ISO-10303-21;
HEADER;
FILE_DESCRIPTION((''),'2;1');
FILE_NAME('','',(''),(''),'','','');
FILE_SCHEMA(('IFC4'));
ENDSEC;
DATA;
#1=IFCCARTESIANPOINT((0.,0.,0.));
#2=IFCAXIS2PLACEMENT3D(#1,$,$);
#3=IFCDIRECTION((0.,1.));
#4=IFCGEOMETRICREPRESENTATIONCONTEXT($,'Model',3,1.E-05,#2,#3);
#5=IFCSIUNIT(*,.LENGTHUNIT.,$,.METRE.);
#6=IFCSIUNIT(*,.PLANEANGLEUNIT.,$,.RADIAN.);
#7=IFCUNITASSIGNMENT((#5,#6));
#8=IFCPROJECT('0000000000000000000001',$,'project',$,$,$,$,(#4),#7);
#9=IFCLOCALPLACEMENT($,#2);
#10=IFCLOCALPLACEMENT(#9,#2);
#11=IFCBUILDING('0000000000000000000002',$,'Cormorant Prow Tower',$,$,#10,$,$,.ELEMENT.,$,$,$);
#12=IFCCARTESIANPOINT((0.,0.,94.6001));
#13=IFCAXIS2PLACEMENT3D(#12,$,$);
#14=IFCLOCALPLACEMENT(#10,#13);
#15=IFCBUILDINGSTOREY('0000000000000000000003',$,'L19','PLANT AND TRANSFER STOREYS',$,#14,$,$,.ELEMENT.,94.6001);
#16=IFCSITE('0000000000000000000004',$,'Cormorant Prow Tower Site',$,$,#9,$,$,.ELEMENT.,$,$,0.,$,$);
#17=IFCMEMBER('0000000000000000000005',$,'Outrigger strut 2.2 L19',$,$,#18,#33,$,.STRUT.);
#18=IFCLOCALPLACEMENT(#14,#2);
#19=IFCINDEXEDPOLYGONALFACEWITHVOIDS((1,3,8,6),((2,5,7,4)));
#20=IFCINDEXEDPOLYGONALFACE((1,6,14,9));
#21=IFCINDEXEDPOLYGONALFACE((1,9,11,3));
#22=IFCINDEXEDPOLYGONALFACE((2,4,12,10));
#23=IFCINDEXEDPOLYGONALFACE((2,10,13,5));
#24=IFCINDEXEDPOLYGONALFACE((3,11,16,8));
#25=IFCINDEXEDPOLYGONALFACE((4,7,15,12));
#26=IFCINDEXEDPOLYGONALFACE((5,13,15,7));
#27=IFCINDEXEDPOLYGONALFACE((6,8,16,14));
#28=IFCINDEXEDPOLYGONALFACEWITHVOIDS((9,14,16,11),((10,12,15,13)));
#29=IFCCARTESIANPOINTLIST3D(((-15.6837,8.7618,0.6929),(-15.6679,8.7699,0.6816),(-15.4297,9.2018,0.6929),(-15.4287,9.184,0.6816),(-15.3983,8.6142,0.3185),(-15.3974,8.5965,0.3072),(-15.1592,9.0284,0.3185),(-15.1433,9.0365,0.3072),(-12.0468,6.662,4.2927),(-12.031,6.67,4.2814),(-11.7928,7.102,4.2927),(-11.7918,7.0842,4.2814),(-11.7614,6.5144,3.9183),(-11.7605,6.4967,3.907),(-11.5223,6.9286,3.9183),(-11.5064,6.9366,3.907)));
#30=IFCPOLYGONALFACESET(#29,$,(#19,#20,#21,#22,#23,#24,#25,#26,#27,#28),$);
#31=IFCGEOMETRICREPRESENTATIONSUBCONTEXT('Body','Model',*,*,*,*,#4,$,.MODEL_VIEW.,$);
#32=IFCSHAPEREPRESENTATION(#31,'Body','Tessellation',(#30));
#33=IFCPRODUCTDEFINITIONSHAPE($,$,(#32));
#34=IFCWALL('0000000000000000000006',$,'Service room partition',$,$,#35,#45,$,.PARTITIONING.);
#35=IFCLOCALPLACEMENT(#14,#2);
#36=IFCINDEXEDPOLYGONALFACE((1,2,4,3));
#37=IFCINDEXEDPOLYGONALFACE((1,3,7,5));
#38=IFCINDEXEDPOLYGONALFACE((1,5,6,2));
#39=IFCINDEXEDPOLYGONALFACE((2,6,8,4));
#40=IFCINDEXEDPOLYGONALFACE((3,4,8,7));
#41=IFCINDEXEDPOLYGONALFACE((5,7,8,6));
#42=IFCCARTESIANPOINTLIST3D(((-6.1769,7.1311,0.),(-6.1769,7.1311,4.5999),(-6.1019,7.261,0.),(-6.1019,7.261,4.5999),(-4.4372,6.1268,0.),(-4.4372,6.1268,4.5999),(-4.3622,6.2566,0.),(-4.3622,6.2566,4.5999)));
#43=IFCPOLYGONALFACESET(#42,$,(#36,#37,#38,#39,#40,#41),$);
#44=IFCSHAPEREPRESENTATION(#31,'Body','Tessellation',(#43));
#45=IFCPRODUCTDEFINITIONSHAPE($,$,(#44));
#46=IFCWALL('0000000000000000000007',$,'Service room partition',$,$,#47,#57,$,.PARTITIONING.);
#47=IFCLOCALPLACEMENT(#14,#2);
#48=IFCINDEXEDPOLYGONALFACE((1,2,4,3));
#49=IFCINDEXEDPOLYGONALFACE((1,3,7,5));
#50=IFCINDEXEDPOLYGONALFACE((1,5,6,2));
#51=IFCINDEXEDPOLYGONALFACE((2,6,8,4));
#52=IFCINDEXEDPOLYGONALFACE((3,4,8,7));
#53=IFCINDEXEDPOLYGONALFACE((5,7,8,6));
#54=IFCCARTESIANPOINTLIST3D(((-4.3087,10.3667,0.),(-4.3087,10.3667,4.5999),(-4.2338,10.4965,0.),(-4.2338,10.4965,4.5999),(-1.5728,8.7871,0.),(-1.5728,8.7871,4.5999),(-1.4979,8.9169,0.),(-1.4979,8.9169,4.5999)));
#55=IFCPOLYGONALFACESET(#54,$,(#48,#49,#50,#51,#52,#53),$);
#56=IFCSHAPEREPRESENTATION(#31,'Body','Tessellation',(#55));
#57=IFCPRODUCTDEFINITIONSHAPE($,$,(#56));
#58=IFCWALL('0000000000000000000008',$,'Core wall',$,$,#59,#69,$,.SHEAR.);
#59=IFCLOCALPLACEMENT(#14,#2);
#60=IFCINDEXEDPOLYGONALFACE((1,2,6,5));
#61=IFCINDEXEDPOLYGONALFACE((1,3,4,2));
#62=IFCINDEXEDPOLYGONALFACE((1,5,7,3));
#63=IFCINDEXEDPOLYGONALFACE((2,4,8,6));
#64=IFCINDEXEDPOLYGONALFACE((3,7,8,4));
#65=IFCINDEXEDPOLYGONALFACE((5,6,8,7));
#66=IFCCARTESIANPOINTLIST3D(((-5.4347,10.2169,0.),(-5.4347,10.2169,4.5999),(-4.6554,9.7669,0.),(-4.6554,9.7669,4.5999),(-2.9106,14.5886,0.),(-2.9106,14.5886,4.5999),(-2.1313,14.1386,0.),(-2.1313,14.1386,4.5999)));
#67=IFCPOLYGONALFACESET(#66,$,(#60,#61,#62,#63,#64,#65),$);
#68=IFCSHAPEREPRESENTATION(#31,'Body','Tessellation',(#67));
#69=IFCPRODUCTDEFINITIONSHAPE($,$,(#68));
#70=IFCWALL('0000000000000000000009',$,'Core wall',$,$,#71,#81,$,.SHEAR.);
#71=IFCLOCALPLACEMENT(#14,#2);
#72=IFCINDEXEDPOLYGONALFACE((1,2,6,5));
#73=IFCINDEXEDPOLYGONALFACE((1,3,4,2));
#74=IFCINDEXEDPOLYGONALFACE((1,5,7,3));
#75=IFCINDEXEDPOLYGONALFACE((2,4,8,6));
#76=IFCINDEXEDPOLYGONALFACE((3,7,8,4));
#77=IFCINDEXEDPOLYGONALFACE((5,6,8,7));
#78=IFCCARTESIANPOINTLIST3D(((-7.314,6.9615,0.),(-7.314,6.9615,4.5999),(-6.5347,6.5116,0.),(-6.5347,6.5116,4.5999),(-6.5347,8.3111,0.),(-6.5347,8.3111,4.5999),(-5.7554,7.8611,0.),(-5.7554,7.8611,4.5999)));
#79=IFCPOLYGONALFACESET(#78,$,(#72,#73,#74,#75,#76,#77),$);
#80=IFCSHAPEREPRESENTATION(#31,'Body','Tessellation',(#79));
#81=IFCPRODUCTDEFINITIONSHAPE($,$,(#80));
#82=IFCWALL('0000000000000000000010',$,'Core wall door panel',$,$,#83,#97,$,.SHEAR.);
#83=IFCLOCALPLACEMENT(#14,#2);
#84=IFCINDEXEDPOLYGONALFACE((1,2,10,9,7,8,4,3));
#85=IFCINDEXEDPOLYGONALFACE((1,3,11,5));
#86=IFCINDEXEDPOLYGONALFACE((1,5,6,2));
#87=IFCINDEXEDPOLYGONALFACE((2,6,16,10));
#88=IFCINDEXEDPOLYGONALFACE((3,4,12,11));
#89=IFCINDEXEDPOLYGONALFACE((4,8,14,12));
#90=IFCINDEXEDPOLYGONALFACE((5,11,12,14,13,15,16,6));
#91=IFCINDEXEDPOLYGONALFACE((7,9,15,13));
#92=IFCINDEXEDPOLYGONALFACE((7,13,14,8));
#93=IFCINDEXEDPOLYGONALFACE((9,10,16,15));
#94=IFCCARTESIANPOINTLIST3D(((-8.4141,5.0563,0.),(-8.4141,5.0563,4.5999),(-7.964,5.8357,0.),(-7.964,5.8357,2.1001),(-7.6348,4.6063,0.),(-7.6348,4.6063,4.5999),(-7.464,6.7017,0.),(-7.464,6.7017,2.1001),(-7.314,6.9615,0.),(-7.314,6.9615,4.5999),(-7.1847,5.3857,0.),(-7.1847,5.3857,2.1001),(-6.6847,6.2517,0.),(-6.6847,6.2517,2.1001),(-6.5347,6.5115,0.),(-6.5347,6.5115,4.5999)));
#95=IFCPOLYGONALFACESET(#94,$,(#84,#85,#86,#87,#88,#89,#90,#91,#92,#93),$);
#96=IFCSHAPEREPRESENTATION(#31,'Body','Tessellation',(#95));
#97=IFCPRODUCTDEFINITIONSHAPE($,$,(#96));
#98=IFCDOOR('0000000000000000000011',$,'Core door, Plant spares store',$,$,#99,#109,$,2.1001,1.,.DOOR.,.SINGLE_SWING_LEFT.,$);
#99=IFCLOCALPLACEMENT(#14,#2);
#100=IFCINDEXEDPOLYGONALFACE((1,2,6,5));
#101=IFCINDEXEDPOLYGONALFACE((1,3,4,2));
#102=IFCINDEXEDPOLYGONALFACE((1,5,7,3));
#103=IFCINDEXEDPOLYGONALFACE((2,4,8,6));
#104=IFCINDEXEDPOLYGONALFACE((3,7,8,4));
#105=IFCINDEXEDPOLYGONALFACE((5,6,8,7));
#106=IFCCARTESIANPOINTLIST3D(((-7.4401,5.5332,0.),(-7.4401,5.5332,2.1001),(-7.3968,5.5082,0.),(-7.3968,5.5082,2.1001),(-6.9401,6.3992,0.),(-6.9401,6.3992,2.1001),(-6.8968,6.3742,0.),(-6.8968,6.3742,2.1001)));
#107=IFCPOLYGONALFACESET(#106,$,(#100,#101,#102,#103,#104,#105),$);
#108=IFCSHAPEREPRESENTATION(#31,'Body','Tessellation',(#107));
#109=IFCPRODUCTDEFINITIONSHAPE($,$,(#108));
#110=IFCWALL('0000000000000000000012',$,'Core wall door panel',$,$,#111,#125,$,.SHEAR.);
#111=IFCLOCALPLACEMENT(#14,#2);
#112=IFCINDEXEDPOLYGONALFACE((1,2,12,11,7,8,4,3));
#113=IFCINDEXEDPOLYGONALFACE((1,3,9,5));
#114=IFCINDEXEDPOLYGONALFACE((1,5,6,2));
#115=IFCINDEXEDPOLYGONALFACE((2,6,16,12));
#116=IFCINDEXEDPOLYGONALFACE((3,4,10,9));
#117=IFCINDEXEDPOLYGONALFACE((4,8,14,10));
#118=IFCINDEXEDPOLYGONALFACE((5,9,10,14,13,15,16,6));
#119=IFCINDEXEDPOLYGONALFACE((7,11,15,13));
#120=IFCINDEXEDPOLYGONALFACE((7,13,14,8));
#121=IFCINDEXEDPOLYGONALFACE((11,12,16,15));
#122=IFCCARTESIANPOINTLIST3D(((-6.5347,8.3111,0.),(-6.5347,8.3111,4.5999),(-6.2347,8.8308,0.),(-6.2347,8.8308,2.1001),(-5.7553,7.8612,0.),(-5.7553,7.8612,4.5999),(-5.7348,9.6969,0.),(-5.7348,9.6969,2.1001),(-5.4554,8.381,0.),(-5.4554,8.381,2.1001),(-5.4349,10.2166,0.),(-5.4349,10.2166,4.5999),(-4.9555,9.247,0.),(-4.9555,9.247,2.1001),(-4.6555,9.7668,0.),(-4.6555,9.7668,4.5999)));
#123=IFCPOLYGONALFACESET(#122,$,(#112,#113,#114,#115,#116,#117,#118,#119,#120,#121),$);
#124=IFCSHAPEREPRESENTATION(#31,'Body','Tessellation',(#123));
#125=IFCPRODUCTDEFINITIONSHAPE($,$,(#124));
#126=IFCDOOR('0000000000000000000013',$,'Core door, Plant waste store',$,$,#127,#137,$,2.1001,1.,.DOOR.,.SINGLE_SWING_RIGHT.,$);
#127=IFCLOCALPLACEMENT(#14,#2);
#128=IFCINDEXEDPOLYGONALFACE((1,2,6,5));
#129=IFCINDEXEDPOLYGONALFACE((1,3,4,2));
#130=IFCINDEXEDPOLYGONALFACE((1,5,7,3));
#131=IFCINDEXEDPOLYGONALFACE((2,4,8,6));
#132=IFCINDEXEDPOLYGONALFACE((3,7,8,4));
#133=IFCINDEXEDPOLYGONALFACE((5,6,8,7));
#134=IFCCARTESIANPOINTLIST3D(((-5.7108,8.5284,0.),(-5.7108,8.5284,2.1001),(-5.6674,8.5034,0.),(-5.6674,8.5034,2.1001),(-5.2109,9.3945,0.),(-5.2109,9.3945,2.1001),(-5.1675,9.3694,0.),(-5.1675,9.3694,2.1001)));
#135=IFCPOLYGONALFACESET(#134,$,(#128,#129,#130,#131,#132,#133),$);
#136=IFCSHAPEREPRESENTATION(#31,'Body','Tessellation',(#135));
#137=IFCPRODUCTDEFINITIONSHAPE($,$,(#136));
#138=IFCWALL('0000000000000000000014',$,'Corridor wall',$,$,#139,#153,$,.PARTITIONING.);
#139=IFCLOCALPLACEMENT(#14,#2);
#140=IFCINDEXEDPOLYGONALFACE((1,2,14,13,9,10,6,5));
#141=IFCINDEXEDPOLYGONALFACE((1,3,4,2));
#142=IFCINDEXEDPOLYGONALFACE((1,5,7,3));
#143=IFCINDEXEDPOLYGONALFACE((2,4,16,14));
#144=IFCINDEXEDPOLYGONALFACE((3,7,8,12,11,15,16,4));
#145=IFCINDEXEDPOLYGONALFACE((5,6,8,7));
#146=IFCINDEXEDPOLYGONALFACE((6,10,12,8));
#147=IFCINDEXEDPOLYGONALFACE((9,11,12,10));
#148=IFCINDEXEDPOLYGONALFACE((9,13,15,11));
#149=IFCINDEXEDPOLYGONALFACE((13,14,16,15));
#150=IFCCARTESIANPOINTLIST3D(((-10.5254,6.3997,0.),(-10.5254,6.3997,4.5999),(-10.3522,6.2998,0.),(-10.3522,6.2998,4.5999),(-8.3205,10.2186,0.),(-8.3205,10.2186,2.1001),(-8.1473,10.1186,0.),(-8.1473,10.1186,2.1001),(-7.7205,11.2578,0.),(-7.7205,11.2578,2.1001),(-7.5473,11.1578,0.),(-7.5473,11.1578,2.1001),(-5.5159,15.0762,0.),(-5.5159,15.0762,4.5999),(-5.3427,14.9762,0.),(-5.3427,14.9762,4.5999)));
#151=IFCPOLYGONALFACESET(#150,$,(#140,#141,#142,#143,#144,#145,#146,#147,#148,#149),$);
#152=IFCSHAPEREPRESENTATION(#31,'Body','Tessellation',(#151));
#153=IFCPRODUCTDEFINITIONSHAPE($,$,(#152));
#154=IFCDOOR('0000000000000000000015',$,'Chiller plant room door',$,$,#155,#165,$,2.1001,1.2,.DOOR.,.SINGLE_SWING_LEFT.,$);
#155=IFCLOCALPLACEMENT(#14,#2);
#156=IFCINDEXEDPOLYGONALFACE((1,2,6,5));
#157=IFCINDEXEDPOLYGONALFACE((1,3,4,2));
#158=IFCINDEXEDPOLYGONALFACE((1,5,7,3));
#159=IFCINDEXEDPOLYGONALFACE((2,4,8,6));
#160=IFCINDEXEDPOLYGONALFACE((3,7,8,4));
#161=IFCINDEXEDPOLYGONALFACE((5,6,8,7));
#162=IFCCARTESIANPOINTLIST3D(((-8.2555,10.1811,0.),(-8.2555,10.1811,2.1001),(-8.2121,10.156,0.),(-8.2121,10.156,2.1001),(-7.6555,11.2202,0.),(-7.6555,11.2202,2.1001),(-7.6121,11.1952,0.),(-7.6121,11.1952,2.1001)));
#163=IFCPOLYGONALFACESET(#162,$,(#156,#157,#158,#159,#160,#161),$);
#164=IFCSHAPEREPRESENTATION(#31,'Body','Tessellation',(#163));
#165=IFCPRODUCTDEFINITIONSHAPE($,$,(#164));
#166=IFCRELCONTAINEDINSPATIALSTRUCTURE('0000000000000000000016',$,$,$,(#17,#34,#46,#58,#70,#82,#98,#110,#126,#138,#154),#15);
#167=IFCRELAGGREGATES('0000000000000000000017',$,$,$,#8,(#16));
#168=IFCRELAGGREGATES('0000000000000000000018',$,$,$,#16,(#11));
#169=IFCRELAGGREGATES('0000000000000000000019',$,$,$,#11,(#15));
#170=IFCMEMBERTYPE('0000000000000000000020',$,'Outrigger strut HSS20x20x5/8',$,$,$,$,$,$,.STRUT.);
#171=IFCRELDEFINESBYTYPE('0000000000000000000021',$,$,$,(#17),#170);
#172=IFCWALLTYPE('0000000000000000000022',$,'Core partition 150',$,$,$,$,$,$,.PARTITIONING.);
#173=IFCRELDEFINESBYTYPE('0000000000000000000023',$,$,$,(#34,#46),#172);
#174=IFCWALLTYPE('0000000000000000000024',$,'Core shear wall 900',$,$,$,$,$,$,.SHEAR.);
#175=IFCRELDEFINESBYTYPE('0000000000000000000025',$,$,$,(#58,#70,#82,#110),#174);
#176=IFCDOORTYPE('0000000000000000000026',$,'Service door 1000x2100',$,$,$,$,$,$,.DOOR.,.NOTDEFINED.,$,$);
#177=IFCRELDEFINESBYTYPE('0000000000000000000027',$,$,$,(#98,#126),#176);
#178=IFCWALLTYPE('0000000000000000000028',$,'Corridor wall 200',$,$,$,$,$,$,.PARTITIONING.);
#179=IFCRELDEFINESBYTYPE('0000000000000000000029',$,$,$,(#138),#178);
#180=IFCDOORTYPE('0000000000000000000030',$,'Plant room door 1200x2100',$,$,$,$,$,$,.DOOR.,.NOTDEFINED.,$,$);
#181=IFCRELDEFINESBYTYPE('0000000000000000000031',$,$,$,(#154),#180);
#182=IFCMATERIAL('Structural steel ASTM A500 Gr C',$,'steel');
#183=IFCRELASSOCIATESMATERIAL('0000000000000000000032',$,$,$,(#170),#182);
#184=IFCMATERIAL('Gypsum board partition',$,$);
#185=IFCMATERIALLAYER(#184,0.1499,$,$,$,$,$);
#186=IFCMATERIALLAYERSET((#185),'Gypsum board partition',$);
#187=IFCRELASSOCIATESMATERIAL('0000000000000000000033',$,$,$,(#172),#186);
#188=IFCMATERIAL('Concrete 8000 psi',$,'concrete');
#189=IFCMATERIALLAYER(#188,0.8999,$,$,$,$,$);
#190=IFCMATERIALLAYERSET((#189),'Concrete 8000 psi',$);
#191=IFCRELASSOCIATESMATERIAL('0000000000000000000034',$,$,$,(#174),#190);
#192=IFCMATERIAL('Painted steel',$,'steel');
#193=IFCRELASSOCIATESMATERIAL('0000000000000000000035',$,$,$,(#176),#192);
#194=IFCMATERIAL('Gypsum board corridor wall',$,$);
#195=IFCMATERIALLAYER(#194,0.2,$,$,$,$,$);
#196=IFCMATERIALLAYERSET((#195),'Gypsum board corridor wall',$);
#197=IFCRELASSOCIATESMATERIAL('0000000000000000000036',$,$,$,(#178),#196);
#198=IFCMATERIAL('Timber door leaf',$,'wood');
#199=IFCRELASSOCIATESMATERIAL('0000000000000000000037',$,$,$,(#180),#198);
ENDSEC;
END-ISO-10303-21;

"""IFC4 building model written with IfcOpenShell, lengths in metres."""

from ifc_helpers import new_model, si_unit, direction, frame, frame_2d, origin, origin_2d, place, context, subcontext, project, spatial, rectangle, hollow_rectangle, extrude, material, layer, layer_set, material_profile, profile_set, type_object, element, fill, save


model = new_model("IFC4")

# Units and contexts
model_context = context("Model", 3, precision=1e-05, world=origin(), true_north=direction((0.0, 1.0)))
body_context = subcontext(model_context, "Body", "Model", "MODEL_VIEW")
ifc_project = project(units=[si_unit("LENGTHUNIT", "METRE"), si_unit("PLANEANGLEUNIT", "RADIAN")], contexts=[model_context])

# Site, building, storey
site_placement = place(None, origin())
site = spatial("IfcSite", under=ifc_project, at=site_placement, Name="Cormorant Prow Tower Site", CompositionType="ELEMENT", RefElevation=0.0)
building_placement = place(site_placement, origin())
building = spatial("IfcBuilding", under=site, at=building_placement, Name="Cormorant Prow Tower", CompositionType="ELEMENT")
storey_placement = place(building_placement, frame((0.0, 0.0, 94.6001)))
storey = spatial("IfcBuildingStorey", under=building, at=storey_placement, Name="L19", Description="PLANT AND TRANSFER STOREYS", CompositionType="ELEMENT", Elevation=94.6001)

# Member
ifc_material_1 = material(Name="Structural steel ASTM A500 Gr C", Category="steel")
ifc_material_profile_1 = material_profile(ifc_material_1, hollow_rectangle(XDim=0.5081, YDim=0.5081, WallThickness=0.0149, at=origin_2d()), Name="HSS20x20x5/8")
ifc_profile_set_1 = profile_set([ifc_material_profile_1], Name="Structural steel ASTM A500 Gr C")
member_type = type_object("IfcMemberType", Name="Outrigger strut HSS20x20x5/8", PredefinedType="STRUT", material=ifc_profile_set_1)
member_placement = place(storey_placement, frame((-11.7766, 6.7993, 4.0999), z_axis=(-0.657518, 0.379628, -0.650809), x_axis=(-0.500009, -0.86602, 0.0)))
element("IfcMember", 1, at=member_placement, inside=storey, type_object=member_type, Name="Outrigger strut 2.2 L19", PredefinedType="STRUT", context=body_context, shape_type="SweptSolid", body=[
    extrude(hollow_rectangle(XDim=0.5081, YDim=0.5081, WallThickness=0.0149, at=origin_2d()), origin(), (0.0, 0.0, 1.0), 5.5312),
])

# Walls
ifc_material_2 = material(Name="Gypsum board partition")
ifc_layer_1 = layer(ifc_material_2, 0.1499)
ifc_layer_set_1 = layer_set([ifc_layer_1], Name="Gypsum board partition")
wall_type_1 = type_object("IfcWallType", Name="Core partition 150", PredefinedType="PARTITIONING", material=ifc_layer_set_1)
wall_1_placement = place(storey_placement, frame((-6.1394, 7.196, 0.0), z_axis=(0.0, 0.0, 1.0), x_axis=(0.866036, -0.499982, 0.0)))
element("IfcWall", 2, at=wall_1_placement, inside=storey, type_object=wall_type_1, Name="Service room partition", PredefinedType="PARTITIONING", context=body_context, shape_type="SweptSolid", body=[
    extrude(rectangle(XDim=2.0088, YDim=0.1499, at=frame_2d((1.0044, 0.0))), origin(), (0.0, 0.0, 1.0), 4.5999),
])
wall_2_placement = place(storey_placement, frame((-4.2712, 10.4316, 0.0), z_axis=(0.0, 0.0, 1.0), x_axis=(0.866018, -0.500012, 0.0)))
element("IfcWall", 3, at=wall_2_placement, inside=storey, type_object=wall_type_1, Name="Service room partition", PredefinedType="PARTITIONING", context=body_context, shape_type="SweptSolid", body=[
    extrude(rectangle(XDim=3.1592, YDim=0.1499, at=frame_2d((1.5796, 0.0))), origin(), (0.0, 0.0, 1.0), 4.5999),
])
ifc_material_3 = material(Name="Concrete 8000 psi", Category="concrete")
ifc_layer_2 = layer(ifc_material_3, 0.8999)
ifc_layer_set_2 = layer_set([ifc_layer_2], Name="Concrete 8000 psi")
wall_type_2 = type_object("IfcWallType", Name="Core shear wall 900", PredefinedType="SHEAR", material=ifc_layer_set_2)
wall_3_placement = place(storey_placement, frame((-2.521, 14.3635, 0.0), z_axis=(0.0, 0.0, 1.0), x_axis=(-0.500014, -0.866017, 0.0)))
element("IfcWall", 4, at=wall_3_placement, inside=storey, type_object=wall_type_2, Name="Core wall", PredefinedType="SHEAR", context=body_context, shape_type="SweptSolid", body=[
    extrude(rectangle(XDim=5.0481, YDim=0.8999, at=frame_2d((2.5239, 0.0))), origin(), (0.0, 0.0, 1.0), 4.5999),
])
wall_4_placement = place(storey_placement, frame((-6.145, 8.0862, 0.0), z_axis=(0.0, 0.0, 1.0), x_axis=(-0.500048, -0.865998, 0.0)))
element("IfcWall", 5, at=wall_4_placement, inside=storey, type_object=wall_type_2, Name="Core wall", PredefinedType="SHEAR", context=body_context, shape_type="SweptSolid", body=[
    extrude(rectangle(XDim=1.5583, YDim=0.8999, at=frame_2d((0.7793, 0.0))), origin(), (0.0, 0.0, 1.0), 4.5999),
])

# Walls, openings, doors
wall_5_placement = place(storey_placement, frame((-6.9243, 6.7366, 0.0), z_axis=(0.0, 0.0, 1.0), x_axis=(-0.50003, -0.866008, 0.0)))
wall_5 = element("IfcWall", 6, at=wall_5_placement, inside=storey, type_object=wall_type_2, Name="Core wall door panel", PredefinedType="SHEAR", context=body_context, shape_type="SweptSolid", body=[
    extrude(rectangle(XDim=2.2, YDim=0.8999, at=frame_2d((1.1001, 0.0))), origin(), (0.0, 0.0, 1.0), 4.5999),
])
opening_1_placement = place(wall_5_placement, frame((0.3, 0.0, 0.0)))
opening_1 = element("IfcOpeningElement", 7, at=opening_1_placement, cuts=wall_5, PredefinedType="OPENING", context=body_context, shape_type="SweptSolid", body=[
    extrude(rectangle(XDim=1.0, YDim=2.1001, at=frame_2d((0.5, 1.05))), frame((0.0, 0.46, 0.0), z_axis=(0.0, -1.0, 0.0), x_axis=(1.0, 0.0, 0.0)), (0.0, 0.0, 1.0), 0.9199),
])
ifc_material_4 = material(Name="Painted steel", Category="steel")
door_type_1 = type_object("IfcDoorType", Name="Service door 1000x2100", OperationType="NOTDEFINED", PredefinedType="DOOR", material=ifc_material_4)
door_1_placement = place(opening_1_placement, origin())
door_1 = element("IfcDoor", 8, at=door_1_placement, inside=storey, type_object=door_type_1, Name="Core door, Plant spares store", OperationType="SINGLE_SWING_LEFT", OverallHeight=2.1001, OverallWidth=1.0, PredefinedType="DOOR", context=body_context, shape_type="SweptSolid", body=[
    extrude(rectangle(XDim=1.0, YDim=2.1001, at=frame_2d((0.5, 1.05))), frame((0.0, 0.2051, 0.0), z_axis=(0.0, -1.0, 0.0), x_axis=(1.0, 0.0, 0.0)), (0.0, 0.0, 1.0), 0.05),
])
fill(opening_1, door_1)
wall_6_placement = place(storey_placement, frame((-5.0452, 9.9917, 0.0), z_axis=(0.0, 0.0, 1.0), x_axis=(-0.499899, -0.866084, 0.0)))
wall_6 = element("IfcWall", 9, at=wall_6_placement, inside=storey, type_object=wall_type_2, Name="Core wall door panel", PredefinedType="SHEAR", context=body_context, shape_type="SweptSolid", body=[
    extrude(rectangle(XDim=2.2002, YDim=0.8999, at=frame_2d((1.1001, 0.0))), origin(), (0.0, 0.0, 1.0), 4.5999),
])
opening_2_placement = place(wall_6_placement, frame((0.6001, 0.0, 0.0)))
opening_2 = element("IfcOpeningElement", 10, at=opening_2_placement, cuts=wall_6, PredefinedType="OPENING", context=body_context, shape_type="SweptSolid", body=[
    extrude(rectangle(XDim=1.0, YDim=2.1001, at=frame_2d((0.5, 1.05))), frame((0.0, 0.46, 0.0), z_axis=(0.0, -1.0, 0.0), x_axis=(1.0, 0.0, 0.0)), (0.0, 0.0, 1.0), 0.9199),
])
door_2_placement = place(opening_2_placement, origin())
door_2 = element("IfcDoor", 11, at=door_2_placement, inside=storey, type_object=door_type_1, Name="Core door, Plant waste store", OperationType="SINGLE_SWING_RIGHT", OverallHeight=2.1001, OverallWidth=1.0, PredefinedType="DOOR", context=body_context, shape_type="SweptSolid", body=[
    extrude(rectangle(XDim=1.0, YDim=2.1001, at=frame_2d((0.5, 1.05))), frame((0.0, 0.2051, 0.0), z_axis=(0.0, -1.0, 0.0), x_axis=(1.0, 0.0, 0.0)), (0.0, 0.0, 1.0), 0.05),
])
fill(opening_2, door_2)
ifc_material_5 = material(Name="Gypsum board corridor wall")
ifc_layer_3 = layer(ifc_material_5, 0.2)
ifc_layer_set_3 = layer_set([ifc_layer_3], Name="Gypsum board corridor wall")
wall_type_3 = type_object("IfcWallType", Name="Corridor wall 200", PredefinedType="PARTITIONING", material=ifc_layer_set_3)
wall_7_placement = place(storey_placement, frame((-10.4387, 6.3499, 0.0), z_axis=(0.0, 0.0, 1.0), x_axis=(0.50001, 0.86602, 0.0)))
wall_7 = element("IfcWall", 12, at=wall_7_placement, inside=storey, type_object=wall_type_3, Name="Corridor wall", PredefinedType="PARTITIONING", context=body_context, shape_type="SweptSolid", body=[
    extrude(rectangle(XDim=10.0188, YDim=0.2, at=frame_2d((5.0093, 0.0))), origin(), (0.0, 0.0, 1.0), 4.5999),
])
opening_3_placement = place(wall_7_placement, frame((4.4094, 0.0, 0.0)))
opening_3 = element("IfcOpeningElement", 13, at=opening_3_placement, cuts=wall_7, PredefinedType="OPENING", context=body_context, shape_type="SweptSolid", body=[
    extrude(rectangle(XDim=1.2, YDim=2.1001, at=frame_2d((0.6001, 1.05))), frame((0.0, 0.1099, 0.0), z_axis=(0.0, -1.0, 0.0), x_axis=(1.0, 0.0, 0.0)), (0.0, 0.0, 1.0), 0.22),
])
ifc_material_6 = material(Name="Timber door leaf", Category="wood")
door_type_2 = type_object("IfcDoorType", Name="Plant room door 1200x2100", OperationType="NOTDEFINED", PredefinedType="DOOR", material=ifc_material_6)
door_3_placement = place(opening_3_placement, origin())
door_3 = element("IfcDoor", 14, at=door_3_placement, inside=storey, type_object=door_type_2, Name="Chiller plant room door", OperationType="SINGLE_SWING_LEFT", OverallHeight=2.1001, OverallWidth=1.2, PredefinedType="DOOR", context=body_context, shape_type="SweptSolid", body=[
    extrude(rectangle(XDim=1.2, YDim=2.1001, at=frame_2d((0.6001, 1.05))), frame((0.0, 0.0249, 0.0), z_axis=(0.0, -1.0, 0.0), x_axis=(1.0, 0.0, 0.0)), (0.0, 0.0, 1.0), 0.05),
])
fill(opening_3, door_3)

save(model, "model.ifc")
